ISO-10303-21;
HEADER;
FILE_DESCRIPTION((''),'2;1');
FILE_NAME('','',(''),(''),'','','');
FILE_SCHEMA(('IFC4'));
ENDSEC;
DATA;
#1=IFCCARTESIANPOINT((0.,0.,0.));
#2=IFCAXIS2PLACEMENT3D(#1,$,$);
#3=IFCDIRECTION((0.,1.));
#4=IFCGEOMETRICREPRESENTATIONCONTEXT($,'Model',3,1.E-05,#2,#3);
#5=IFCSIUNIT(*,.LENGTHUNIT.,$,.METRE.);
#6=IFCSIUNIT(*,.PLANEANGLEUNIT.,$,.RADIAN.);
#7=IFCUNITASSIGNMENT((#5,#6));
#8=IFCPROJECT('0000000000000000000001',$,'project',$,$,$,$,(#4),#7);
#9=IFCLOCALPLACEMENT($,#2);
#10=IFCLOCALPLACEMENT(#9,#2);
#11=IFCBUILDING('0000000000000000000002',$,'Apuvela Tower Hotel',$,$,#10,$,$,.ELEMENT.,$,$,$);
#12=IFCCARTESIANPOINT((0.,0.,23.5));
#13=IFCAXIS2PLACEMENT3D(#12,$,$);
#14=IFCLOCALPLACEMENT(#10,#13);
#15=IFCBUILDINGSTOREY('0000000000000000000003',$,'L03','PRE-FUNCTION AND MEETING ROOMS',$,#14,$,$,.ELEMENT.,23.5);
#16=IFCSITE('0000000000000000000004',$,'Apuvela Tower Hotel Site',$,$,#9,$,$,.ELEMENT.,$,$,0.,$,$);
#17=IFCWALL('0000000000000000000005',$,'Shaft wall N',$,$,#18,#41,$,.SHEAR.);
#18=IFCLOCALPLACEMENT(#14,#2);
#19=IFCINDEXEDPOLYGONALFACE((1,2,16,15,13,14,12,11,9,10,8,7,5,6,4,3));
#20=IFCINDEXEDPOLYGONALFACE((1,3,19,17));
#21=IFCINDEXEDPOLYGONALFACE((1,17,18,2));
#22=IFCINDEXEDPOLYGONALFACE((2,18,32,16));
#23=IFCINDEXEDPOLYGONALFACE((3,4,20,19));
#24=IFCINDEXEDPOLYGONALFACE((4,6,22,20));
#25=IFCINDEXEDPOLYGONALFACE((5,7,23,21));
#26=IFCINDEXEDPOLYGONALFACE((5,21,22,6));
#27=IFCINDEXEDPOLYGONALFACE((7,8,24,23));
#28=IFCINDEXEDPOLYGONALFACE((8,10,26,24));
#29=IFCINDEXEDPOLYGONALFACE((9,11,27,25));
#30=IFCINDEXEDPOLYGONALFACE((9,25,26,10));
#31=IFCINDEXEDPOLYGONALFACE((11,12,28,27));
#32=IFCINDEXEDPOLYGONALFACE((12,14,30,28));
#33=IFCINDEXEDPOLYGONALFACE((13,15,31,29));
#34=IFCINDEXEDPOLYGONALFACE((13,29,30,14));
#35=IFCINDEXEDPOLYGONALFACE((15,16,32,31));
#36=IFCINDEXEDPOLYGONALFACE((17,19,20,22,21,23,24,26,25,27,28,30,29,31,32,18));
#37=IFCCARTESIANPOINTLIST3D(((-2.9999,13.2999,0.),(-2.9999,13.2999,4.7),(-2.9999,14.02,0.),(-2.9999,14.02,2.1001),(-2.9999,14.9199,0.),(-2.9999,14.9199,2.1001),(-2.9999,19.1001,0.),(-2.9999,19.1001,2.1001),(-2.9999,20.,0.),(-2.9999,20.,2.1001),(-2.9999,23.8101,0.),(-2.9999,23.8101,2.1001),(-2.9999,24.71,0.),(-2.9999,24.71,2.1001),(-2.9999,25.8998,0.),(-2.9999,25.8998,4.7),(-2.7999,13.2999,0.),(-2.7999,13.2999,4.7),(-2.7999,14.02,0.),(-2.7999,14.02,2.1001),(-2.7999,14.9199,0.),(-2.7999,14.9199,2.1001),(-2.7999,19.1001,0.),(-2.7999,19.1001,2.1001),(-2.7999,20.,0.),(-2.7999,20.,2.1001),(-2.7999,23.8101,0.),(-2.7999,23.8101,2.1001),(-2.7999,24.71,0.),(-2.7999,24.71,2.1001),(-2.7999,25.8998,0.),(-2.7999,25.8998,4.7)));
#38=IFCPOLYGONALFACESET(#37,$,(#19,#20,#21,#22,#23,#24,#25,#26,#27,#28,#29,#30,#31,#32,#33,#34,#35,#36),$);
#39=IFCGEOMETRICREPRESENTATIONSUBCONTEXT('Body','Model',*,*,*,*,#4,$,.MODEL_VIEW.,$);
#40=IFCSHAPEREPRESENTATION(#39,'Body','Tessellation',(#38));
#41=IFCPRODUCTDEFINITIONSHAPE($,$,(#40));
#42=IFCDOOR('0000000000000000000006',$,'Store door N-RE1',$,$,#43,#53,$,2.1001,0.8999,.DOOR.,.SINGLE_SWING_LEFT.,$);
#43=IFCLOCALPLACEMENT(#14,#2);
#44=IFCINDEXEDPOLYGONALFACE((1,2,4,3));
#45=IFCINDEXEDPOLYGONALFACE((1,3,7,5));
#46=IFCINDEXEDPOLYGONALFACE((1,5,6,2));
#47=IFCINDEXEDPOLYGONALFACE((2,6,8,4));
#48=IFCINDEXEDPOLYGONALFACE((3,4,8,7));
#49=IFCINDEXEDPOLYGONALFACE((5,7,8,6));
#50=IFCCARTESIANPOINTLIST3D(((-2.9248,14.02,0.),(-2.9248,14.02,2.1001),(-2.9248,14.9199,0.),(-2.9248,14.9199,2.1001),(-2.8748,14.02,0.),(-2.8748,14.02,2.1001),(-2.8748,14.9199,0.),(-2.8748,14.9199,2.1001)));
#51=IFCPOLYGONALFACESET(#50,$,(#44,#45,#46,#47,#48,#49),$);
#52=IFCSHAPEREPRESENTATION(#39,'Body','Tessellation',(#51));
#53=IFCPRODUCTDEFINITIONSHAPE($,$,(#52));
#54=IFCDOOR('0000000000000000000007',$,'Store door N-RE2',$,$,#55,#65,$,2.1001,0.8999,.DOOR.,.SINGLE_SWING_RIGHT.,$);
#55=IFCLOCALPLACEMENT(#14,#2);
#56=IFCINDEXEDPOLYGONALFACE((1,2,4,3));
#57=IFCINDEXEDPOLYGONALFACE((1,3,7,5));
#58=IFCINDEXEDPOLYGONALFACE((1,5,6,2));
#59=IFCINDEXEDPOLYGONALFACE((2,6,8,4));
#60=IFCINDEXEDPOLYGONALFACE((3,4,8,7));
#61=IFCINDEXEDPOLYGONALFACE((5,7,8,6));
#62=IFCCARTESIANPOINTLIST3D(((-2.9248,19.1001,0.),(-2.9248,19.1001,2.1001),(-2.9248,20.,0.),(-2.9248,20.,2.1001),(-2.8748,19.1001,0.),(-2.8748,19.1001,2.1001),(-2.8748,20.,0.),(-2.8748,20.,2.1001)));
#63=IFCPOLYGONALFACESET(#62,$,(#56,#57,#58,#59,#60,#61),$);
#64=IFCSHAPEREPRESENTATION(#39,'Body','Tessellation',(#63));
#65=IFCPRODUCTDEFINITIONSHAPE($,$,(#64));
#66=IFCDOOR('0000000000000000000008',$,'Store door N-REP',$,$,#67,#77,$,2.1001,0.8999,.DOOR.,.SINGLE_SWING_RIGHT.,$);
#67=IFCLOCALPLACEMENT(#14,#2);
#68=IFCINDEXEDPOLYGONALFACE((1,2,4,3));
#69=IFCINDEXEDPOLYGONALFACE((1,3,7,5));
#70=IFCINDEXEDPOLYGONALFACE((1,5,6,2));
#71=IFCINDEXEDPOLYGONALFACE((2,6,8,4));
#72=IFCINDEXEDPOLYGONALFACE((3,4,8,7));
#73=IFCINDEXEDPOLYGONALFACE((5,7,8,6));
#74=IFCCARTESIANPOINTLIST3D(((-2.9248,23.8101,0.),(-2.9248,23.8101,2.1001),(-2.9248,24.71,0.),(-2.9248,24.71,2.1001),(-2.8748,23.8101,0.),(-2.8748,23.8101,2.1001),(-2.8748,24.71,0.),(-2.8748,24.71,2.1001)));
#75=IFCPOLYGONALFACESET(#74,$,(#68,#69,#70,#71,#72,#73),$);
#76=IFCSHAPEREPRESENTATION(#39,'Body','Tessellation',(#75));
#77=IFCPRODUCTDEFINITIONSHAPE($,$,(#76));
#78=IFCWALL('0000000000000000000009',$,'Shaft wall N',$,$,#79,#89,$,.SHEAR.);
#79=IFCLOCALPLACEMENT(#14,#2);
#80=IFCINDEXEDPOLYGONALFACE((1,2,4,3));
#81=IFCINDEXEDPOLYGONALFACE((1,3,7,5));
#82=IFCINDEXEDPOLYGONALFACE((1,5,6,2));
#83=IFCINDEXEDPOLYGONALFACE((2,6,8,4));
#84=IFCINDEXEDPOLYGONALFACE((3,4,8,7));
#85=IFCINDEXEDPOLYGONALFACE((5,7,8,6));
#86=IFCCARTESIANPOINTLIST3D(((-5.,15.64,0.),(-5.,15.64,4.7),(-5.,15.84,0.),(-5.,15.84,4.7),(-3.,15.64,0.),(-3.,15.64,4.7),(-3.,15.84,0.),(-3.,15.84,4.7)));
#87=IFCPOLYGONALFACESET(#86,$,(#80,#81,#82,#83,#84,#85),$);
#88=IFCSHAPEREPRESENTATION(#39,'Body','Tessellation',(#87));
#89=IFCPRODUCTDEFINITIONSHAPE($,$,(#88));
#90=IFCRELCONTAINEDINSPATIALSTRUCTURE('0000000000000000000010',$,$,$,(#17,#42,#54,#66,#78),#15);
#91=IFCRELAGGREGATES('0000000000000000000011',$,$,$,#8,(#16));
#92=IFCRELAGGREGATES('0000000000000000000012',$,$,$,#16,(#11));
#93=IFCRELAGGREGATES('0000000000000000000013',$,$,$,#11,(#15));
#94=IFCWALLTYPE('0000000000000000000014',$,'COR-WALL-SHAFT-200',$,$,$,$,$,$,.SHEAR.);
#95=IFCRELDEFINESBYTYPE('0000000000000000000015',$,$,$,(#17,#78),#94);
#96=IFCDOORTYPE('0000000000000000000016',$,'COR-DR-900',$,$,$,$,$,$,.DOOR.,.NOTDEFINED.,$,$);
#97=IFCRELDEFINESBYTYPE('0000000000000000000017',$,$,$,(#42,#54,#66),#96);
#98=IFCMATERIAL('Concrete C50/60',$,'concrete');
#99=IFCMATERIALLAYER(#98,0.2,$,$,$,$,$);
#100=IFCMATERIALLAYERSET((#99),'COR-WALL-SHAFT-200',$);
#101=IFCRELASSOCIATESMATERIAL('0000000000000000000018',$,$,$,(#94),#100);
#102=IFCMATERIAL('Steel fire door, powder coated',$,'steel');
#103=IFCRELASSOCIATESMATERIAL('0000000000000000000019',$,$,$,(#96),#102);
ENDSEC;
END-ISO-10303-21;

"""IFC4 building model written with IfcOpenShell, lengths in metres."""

from ifc_helpers import new_model, si_unit, direction, frame, frame_2d, origin, place, context, subcontext, project, spatial, rectangle, extrude, material, layer, layer_set, type_object, element, fill, save


model = new_model("IFC4")

# Units and contexts
model_context = context("Model", 3, precision=1e-05, world=origin(), true_north=direction((0.0, 1.0)))
body_context = subcontext(model_context, "Body", "Model", "MODEL_VIEW")
ifc_project = project(units=[si_unit("LENGTHUNIT", "METRE"), si_unit("PLANEANGLEUNIT", "RADIAN")], contexts=[model_context])

# Site, building, storey
site_placement = place(None, origin())
site = spatial("IfcSite", under=ifc_project, at=site_placement, Name="Apuvela Tower Hotel Site", CompositionType="ELEMENT", RefElevation=0.0)
building_placement = place(site_placement, origin())
building = spatial("IfcBuilding", under=site, at=building_placement, Name="Apuvela Tower Hotel", CompositionType="ELEMENT")
storey_placement = place(building_placement, frame((0.0, 0.0, 23.5)))
storey = spatial("IfcBuildingStorey", under=building, at=storey_placement, Name="L03", Description="PRE-FUNCTION AND MEETING ROOMS", CompositionType="ELEMENT", Elevation=23.5)

# Shared definitions
ifc_material_1 = material(Name="Concrete C50/60", Category="concrete")
ifc_layer_1 = layer(ifc_material_1, 0.2)
ifc_layer_set_1 = layer_set([ifc_layer_1], Name="COR-WALL-SHAFT-200")
wall_type_1 = type_object("IfcWallType", Name="COR-WALL-SHAFT-200", PredefinedType="SHEAR", material=ifc_layer_set_1)

# Wall, openings, doors
wall_1_placement = place(storey_placement, frame((-2.8999, 13.3, 0.0), z_axis=(0.0, 0.0, 1.0), x_axis=(0.0, 1.0, 0.0)))
wall_1 = element("IfcWall", 1, at=wall_1_placement, inside=storey, type_object=wall_type_1, Name="Shaft wall N", PredefinedType="SHEAR", context=body_context, shape_type="SweptSolid", body=[
    extrude(rectangle(XDim=12.5999, YDim=0.2, at=frame_2d((6.2998, 0.0))), origin(), (0.0, 0.0, 1.0), 4.7),
])
opening_1_placement = place(wall_1_placement, frame((0.72, 0.0, 0.0)))
opening_1 = element("IfcOpeningElement", 2, at=opening_1_placement, cuts=wall_1, PredefinedType="OPENING", context=body_context, shape_type="SweptSolid", body=[
    extrude(rectangle(XDim=0.8999, YDim=2.1001, at=frame_2d((0.45, 1.05))), frame((0.0, 0.1099, 0.0), z_axis=(0.0, -1.0, 0.0), x_axis=(1.0, 0.0, 0.0)), (0.0, 0.0, 1.0), 0.22),
])
opening_2_placement = place(wall_1_placement, frame((5.8, 0.0, 0.0)))
opening_2 = element("IfcOpeningElement", 3, at=opening_2_placement, cuts=wall_1, PredefinedType="OPENING", context=body_context, shape_type="SweptSolid", body=[
    extrude(rectangle(XDim=0.8999, YDim=2.1001, at=frame_2d((0.45, 1.05))), frame((0.0, 0.1099, 0.0), z_axis=(0.0, -1.0, 0.0), x_axis=(1.0, 0.0, 0.0)), (0.0, 0.0, 1.0), 0.22),
])
opening_3_placement = place(wall_1_placement, frame((10.51, 0.0, 0.0)))
opening_3 = element("IfcOpeningElement", 4, at=opening_3_placement, cuts=wall_1, PredefinedType="OPENING", context=body_context, shape_type="SweptSolid", body=[
    extrude(rectangle(XDim=0.8999, YDim=2.1001, at=frame_2d((0.45, 1.05))), frame((0.0, 0.1099, 0.0), z_axis=(0.0, -1.0, 0.0), x_axis=(1.0, 0.0, 0.0)), (0.0, 0.0, 1.0), 0.22),
])
ifc_material_2 = material(Name="Steel fire door, powder coated", Category="steel")
door_type_1 = type_object("IfcDoorType", Name="COR-DR-900", OperationType="NOTDEFINED", PredefinedType="DOOR", material=ifc_material_2)
door_1_placement = place(opening_1_placement, origin())
door_1 = element("IfcDoor", 5, at=door_1_placement, inside=storey, type_object=door_type_1, Name="Store door N-RE1", OperationType="SINGLE_SWING_LEFT", OverallHeight=2.1001, OverallWidth=0.8999, PredefinedType="DOOR", context=body_context, shape_type="SweptSolid", body=[
    extrude(rectangle(XDim=0.8999, YDim=2.1001, at=frame_2d((0.45, 1.05))), frame((0.0, 0.0249, 0.0), z_axis=(0.0, -1.0, 0.0), x_axis=(1.0, 0.0, 0.0)), (0.0, 0.0, 1.0), 0.05),
])
fill(opening_1, door_1)
door_2_placement = place(opening_2_placement, origin())
door_2 = element("IfcDoor", 6, at=door_2_placement, inside=storey, type_object=door_type_1, Name="Store door N-RE2", OperationType="SINGLE_SWING_RIGHT", OverallHeight=2.1001, OverallWidth=0.8999, PredefinedType="DOOR", context=body_context, shape_type="SweptSolid", body=[
    extrude(rectangle(XDim=0.8999, YDim=2.1001, at=frame_2d((0.45, 1.05))), frame((0.0, 0.0249, 0.0), z_axis=(0.0, -1.0, 0.0), x_axis=(1.0, 0.0, 0.0)), (0.0, 0.0, 1.0), 0.05),
])
fill(opening_2, door_2)
door_3_placement = place(opening_3_placement, origin())
door_3 = element("IfcDoor", 7, at=door_3_placement, inside=storey, type_object=door_type_1, Name="Store door N-REP", OperationType="SINGLE_SWING_RIGHT", OverallHeight=2.1001, OverallWidth=0.8999, PredefinedType="DOOR", context=body_context, shape_type="SweptSolid", body=[
    extrude(rectangle(XDim=0.8999, YDim=2.1001, at=frame_2d((0.45, 1.05))), frame((0.0, 0.0249, 0.0), z_axis=(0.0, -1.0, 0.0), x_axis=(1.0, 0.0, 0.0)), (0.0, 0.0, 1.0), 0.05),
])
fill(opening_3, door_3)

# Wall
wall_2_placement = place(storey_placement, frame((-3.0, 15.74, 0.0), z_axis=(0.0, 0.0, 1.0), x_axis=(-1.0, 0.0, 0.0)))
element("IfcWall", 8, at=wall_2_placement, inside=storey, type_object=wall_type_1, Name="Shaft wall N", PredefinedType="SHEAR", context=body_context, shape_type="SweptSolid", body=[
    extrude(rectangle(XDim=2.0, YDim=0.2, at=frame_2d((1.0, 0.0))), origin(), (0.0, 0.0, 1.0), 4.7),
])

save(model, "model.ifc")
